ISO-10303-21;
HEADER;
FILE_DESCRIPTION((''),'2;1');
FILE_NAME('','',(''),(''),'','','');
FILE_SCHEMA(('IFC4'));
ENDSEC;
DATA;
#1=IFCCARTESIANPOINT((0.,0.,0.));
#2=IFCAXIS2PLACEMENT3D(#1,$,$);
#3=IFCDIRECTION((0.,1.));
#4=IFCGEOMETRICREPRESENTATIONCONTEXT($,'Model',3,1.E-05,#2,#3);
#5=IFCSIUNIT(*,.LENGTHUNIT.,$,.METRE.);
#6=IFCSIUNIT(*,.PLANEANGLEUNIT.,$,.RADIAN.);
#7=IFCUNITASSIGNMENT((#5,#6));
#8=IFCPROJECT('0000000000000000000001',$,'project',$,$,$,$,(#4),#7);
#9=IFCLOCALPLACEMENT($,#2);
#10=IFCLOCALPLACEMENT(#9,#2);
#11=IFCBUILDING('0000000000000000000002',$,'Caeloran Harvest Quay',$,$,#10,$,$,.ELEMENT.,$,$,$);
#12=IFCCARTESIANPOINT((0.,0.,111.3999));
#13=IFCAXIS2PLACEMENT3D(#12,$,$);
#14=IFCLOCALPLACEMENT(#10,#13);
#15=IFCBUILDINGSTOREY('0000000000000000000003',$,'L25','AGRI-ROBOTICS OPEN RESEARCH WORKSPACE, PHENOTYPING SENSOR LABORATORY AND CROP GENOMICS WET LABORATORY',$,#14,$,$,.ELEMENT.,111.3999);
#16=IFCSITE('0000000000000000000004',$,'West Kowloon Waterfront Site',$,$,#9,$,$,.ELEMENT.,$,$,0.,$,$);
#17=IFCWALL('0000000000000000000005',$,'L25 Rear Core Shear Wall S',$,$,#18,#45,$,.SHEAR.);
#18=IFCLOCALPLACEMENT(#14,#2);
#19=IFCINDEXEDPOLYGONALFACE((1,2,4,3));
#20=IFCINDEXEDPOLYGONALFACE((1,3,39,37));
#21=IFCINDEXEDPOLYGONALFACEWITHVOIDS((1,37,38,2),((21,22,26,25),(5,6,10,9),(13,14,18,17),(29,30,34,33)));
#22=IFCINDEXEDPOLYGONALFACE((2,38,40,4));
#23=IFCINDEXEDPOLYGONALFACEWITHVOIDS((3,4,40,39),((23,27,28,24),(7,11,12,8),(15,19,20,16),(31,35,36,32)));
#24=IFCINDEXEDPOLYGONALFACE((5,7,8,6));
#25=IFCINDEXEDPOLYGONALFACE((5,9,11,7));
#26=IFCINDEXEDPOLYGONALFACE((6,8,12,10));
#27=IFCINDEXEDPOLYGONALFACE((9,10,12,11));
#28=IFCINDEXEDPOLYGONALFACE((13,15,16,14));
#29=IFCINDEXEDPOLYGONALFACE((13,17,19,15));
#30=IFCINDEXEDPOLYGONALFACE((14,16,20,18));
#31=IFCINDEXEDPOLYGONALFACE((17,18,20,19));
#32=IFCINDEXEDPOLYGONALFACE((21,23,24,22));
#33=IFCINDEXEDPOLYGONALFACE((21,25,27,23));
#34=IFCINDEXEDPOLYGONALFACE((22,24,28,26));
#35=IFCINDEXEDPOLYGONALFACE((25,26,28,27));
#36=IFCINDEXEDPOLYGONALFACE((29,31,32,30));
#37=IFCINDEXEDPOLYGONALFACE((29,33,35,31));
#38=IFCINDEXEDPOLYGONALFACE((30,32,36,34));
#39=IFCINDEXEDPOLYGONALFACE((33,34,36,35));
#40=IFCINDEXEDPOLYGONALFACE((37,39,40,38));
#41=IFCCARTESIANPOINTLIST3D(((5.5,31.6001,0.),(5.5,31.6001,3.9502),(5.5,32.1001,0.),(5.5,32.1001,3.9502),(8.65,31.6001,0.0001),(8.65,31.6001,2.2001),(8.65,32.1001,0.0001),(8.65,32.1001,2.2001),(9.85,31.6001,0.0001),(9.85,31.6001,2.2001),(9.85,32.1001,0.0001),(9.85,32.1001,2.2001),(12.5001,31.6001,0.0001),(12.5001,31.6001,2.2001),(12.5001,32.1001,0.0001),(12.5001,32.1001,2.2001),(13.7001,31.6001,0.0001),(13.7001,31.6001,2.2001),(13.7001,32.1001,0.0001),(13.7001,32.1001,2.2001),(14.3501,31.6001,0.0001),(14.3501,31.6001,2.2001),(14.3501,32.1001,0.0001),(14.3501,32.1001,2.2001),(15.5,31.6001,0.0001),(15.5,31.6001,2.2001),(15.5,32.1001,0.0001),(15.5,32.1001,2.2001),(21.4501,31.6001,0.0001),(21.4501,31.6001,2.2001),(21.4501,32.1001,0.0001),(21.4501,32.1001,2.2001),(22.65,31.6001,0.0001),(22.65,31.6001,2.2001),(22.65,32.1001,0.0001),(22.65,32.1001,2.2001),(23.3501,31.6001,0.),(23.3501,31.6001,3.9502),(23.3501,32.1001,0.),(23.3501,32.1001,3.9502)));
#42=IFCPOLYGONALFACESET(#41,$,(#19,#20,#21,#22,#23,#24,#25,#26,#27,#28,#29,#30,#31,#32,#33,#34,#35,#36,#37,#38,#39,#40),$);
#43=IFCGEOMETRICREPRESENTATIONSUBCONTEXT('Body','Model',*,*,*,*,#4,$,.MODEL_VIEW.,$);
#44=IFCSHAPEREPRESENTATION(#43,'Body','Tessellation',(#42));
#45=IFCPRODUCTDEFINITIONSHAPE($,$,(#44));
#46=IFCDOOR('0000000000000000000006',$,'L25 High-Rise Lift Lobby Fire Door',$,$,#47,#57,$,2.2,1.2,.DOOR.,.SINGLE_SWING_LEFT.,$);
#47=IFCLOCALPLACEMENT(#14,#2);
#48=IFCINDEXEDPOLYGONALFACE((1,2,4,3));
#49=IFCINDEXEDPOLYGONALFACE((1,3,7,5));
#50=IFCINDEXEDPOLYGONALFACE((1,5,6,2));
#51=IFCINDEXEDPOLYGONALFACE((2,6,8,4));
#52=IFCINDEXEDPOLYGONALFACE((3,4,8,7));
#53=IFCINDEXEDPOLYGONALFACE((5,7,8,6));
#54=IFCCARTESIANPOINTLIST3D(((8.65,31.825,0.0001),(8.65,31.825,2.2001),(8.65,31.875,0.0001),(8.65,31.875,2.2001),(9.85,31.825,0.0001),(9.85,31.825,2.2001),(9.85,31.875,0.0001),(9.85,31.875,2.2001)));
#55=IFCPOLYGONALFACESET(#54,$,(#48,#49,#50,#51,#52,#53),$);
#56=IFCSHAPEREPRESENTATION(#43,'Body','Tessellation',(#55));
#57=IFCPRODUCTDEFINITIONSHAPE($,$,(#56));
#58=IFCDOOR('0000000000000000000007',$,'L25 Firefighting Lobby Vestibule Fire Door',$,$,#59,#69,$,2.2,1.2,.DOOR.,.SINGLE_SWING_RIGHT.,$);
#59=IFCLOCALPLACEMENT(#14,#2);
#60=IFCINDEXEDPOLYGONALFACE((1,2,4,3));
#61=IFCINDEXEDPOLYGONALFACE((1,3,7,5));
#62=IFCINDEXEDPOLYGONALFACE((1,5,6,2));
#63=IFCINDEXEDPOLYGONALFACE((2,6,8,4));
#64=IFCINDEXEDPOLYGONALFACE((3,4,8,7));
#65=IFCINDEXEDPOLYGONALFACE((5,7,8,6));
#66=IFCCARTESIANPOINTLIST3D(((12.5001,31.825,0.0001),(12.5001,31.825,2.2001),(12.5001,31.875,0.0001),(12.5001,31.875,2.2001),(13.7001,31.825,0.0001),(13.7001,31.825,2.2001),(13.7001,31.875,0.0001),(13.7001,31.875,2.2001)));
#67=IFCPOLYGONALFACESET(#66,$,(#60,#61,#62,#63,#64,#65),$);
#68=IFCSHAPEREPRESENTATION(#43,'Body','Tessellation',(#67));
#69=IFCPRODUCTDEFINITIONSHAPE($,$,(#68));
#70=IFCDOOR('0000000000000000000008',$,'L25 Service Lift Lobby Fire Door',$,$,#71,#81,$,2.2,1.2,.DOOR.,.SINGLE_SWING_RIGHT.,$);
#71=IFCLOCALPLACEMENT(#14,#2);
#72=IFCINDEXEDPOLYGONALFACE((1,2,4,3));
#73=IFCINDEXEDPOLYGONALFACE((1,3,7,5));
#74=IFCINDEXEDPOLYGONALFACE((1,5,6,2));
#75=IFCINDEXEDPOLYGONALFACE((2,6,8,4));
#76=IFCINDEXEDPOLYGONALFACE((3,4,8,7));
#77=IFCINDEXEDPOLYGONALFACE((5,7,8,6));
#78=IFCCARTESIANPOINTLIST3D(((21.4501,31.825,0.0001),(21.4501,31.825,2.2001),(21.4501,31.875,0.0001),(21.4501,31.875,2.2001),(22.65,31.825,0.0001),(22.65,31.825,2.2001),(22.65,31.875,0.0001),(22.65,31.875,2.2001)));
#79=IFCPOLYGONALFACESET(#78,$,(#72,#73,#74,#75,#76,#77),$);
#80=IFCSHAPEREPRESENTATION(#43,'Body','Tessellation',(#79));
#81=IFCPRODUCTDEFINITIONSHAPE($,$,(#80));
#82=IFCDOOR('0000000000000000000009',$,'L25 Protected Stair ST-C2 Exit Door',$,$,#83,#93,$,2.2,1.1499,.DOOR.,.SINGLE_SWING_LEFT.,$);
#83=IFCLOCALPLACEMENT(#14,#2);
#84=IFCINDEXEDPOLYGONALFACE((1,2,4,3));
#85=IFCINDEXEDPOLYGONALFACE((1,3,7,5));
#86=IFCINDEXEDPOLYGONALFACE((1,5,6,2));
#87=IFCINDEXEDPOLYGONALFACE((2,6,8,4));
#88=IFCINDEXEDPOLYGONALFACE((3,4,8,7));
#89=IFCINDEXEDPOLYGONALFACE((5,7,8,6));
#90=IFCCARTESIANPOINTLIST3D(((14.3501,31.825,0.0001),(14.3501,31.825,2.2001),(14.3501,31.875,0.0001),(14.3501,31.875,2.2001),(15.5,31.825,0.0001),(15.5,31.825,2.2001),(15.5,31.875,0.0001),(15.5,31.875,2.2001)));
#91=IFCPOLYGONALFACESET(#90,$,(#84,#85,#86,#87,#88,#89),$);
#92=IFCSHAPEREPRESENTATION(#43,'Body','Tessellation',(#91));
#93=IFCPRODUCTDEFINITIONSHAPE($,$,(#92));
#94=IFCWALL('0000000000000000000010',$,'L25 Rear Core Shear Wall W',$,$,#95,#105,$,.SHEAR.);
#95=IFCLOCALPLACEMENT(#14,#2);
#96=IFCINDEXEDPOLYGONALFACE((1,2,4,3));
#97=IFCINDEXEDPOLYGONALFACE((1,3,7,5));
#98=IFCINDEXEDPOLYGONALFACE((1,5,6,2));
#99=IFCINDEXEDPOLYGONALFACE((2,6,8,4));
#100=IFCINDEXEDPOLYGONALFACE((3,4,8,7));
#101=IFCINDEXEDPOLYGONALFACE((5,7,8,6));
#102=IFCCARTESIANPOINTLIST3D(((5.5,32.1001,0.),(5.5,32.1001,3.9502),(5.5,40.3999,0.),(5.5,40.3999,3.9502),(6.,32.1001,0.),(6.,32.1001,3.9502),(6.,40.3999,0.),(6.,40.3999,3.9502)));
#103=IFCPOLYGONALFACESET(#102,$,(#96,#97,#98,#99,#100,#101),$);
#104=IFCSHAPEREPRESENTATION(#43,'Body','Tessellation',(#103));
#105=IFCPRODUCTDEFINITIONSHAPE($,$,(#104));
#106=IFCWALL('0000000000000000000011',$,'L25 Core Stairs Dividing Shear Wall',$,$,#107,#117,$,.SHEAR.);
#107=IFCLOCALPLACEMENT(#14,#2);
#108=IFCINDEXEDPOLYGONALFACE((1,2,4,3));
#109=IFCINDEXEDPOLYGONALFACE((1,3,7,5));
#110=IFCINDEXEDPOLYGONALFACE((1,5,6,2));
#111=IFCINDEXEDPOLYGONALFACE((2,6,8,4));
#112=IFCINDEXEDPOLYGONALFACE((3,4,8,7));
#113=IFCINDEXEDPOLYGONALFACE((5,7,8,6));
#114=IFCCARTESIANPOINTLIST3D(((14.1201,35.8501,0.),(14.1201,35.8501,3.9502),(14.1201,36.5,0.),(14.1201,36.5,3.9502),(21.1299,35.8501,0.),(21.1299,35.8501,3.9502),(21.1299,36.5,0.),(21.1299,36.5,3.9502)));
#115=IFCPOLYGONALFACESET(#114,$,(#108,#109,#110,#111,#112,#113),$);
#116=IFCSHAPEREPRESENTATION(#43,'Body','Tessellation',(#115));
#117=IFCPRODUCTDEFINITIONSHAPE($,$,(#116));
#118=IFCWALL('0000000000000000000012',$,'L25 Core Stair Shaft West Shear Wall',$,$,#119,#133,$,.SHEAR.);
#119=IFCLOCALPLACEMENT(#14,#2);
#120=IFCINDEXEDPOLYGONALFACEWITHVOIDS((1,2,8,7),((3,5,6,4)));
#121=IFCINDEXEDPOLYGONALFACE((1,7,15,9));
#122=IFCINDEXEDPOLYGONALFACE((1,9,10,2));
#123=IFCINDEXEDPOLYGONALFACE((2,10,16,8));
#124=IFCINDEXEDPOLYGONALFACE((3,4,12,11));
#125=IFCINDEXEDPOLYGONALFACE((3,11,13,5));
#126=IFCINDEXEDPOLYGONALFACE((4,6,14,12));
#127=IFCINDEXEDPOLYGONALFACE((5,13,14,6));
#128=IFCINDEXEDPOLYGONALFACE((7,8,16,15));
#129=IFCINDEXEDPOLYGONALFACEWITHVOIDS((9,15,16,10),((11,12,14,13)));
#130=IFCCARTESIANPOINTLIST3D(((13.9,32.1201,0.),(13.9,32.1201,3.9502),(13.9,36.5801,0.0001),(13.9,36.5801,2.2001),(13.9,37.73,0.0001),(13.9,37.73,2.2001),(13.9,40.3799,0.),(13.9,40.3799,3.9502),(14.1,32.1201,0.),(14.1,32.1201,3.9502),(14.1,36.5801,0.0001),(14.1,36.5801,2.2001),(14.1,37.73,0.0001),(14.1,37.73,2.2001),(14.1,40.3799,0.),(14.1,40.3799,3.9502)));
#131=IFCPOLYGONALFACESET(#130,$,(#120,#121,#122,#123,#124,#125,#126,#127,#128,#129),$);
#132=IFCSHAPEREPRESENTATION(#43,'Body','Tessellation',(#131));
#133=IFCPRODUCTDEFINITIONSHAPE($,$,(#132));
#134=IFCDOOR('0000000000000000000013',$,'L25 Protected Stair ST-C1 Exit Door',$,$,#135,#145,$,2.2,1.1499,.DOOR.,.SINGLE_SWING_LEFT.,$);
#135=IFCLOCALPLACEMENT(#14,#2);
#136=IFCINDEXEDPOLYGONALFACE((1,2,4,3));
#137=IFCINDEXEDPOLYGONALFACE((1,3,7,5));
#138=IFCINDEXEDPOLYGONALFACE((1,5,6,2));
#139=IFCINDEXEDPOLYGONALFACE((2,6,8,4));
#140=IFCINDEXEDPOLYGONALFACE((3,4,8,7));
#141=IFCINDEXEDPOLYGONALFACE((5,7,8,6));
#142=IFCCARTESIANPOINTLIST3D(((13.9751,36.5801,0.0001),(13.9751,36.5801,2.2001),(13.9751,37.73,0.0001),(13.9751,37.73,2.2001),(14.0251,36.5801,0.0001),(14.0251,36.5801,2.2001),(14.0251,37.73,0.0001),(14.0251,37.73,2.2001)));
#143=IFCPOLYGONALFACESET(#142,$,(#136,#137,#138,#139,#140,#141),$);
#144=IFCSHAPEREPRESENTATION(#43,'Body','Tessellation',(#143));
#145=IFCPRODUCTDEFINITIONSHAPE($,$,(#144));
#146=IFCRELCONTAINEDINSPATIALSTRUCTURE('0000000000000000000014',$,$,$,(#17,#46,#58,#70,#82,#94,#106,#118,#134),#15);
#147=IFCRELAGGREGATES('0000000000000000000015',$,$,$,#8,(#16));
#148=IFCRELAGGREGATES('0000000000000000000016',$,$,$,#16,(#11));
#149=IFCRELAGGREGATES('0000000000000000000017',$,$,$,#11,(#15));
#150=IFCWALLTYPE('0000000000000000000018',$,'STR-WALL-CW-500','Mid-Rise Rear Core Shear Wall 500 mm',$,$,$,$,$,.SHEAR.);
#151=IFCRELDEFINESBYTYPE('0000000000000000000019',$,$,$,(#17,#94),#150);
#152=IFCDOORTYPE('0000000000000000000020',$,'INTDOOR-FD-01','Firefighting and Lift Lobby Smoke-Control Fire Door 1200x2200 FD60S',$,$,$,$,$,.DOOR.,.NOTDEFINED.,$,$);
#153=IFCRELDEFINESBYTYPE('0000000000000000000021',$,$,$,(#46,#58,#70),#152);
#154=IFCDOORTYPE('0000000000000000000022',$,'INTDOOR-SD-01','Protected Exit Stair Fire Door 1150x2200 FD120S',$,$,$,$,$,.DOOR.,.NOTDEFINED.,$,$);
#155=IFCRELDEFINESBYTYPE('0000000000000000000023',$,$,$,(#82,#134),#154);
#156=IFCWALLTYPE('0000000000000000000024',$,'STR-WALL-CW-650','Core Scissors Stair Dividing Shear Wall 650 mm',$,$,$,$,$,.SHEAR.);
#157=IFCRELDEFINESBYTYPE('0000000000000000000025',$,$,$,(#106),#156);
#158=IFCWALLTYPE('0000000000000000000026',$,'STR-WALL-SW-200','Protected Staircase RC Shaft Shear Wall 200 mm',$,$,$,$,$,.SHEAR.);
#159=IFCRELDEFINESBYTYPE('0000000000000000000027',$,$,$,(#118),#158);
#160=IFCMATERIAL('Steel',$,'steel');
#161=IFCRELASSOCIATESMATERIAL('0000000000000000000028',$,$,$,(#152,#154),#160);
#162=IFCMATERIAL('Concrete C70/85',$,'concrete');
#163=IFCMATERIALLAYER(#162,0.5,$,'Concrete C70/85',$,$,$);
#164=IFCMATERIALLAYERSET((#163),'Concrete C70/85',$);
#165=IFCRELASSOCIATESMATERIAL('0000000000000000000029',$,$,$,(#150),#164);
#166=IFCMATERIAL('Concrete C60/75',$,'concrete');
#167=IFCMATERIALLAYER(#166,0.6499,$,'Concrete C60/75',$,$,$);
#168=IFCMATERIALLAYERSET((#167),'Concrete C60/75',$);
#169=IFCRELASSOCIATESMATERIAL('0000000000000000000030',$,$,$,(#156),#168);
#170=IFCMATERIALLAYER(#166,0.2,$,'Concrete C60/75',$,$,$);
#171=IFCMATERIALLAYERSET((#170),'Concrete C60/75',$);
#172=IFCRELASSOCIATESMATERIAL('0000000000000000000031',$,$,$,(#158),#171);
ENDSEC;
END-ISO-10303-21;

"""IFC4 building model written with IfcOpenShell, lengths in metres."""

from ifc_helpers import new_model, si_unit, direction, frame, frame_2d, origin, place, context, subcontext, project, spatial, rectangle, extrude, material, layer, layer_set, type_object, element, fill, save


model = new_model("IFC4")

# Units and contexts
model_context = context("Model", 3, precision=1e-05, world=origin(), true_north=direction((0.0, 1.0)))
body_context = subcontext(model_context, "Body", "Model", "MODEL_VIEW")
ifc_project = project(units=[si_unit("LENGTHUNIT", "METRE"), si_unit("PLANEANGLEUNIT", "RADIAN")], contexts=[model_context])

# Site, building, storey
site_placement = place(None, origin())
site = spatial("IfcSite", under=ifc_project, at=site_placement, Name="West Kowloon Waterfront Site", CompositionType="ELEMENT", RefElevation=0.0)
building_placement = place(site_placement, origin())
building = spatial("IfcBuilding", under=site, at=building_placement, Name="Caeloran Harvest Quay", CompositionType="ELEMENT")
storey_placement = place(building_placement, frame((0.0, 0.0, 111.3999)))
storey = spatial("IfcBuildingStorey", under=building, at=storey_placement, Name="L25", Description="AGRI-ROBOTICS OPEN RESEARCH WORKSPACE, PHENOTYPING SENSOR LABORATORY AND CROP GENOMICS WET LABORATORY", CompositionType="ELEMENT", Elevation=111.3999)

# Shared definitions
ifc_material_1 = material(Name="Concrete C70/85", Category="concrete")

# Shared definitions
ifc_material_2 = material(Name="Concrete C60/75", Category="concrete")

# Shared definitions
ifc_material_3 = material(Name="Steel", Category="steel")
door_type_1 = type_object("IfcDoorType", Name="INTDOOR-FD-01", Description="Firefighting and Lift Lobby Smoke-Control Fire Door 1200x2200 FD60S", OperationType="NOTDEFINED", PredefinedType="DOOR", material=ifc_material_3)

# Wall, openings, doors
ifc_layer_1 = layer(ifc_material_1, 0.5, Name="Concrete C70/85")
ifc_layer_set_1 = layer_set([ifc_layer_1], Name="Concrete C70/85")
wall_type_1 = type_object("IfcWallType", Name="STR-WALL-CW-500", Description="Mid-Rise Rear Core Shear Wall 500 mm", PredefinedType="SHEAR", material=ifc_layer_set_1)
wall_1_placement = place(storey_placement, frame((5.5, 31.8501, 0.0), z_axis=(0.0, 0.0, 1.0), x_axis=(1.0, 0.0, 0.0)))
wall_1 = element("IfcWall", 1, at=wall_1_placement, inside=storey, type_object=wall_type_1, Name="L25 Rear Core Shear Wall S", PredefinedType="SHEAR", context=body_context, shape_type="SweptSolid", body=[
    extrude(rectangle(XDim=17.8501, YDim=0.5, at=frame_2d((8.925, 0.0))), origin(), (0.0, 0.0, 1.0), 3.9502),
])
opening_1_placement = place(wall_1_placement, frame((3.1499, 0.0, 0.0)))
opening_1 = element("IfcOpeningElement", 2, at=opening_1_placement, cuts=wall_1, PredefinedType="OPENING", context=body_context, shape_type="SweptSolid", body=[
    extrude(rectangle(XDim=1.2, YDim=2.2, at=frame_2d((0.6001, 1.1001))), frame((0.0, 0.26, 0.0), z_axis=(0.0, -1.0, 0.0), x_axis=(1.0, 0.0, 0.0)), (0.0, 0.0, 1.0), 0.52),
])
opening_2_placement = place(wall_1_placement, frame((7.0, 0.0, 0.0)))
opening_2 = element("IfcOpeningElement", 3, at=opening_2_placement, cuts=wall_1, PredefinedType="OPENING", context=body_context, shape_type="SweptSolid", body=[
    extrude(rectangle(XDim=1.2, YDim=2.2, at=frame_2d((0.6001, 1.1001))), frame((0.0, 0.26, 0.0), z_axis=(0.0, -1.0, 0.0), x_axis=(1.0, 0.0, 0.0)), (0.0, 0.0, 1.0), 0.52),
])
opening_3_placement = place(wall_1_placement, frame((8.8501, 0.0, 0.0)))
opening_3 = element("IfcOpeningElement", 4, at=opening_3_placement, cuts=wall_1, PredefinedType="OPENING", context=body_context, shape_type="SweptSolid", body=[
    extrude(rectangle(XDim=1.1499, YDim=2.2, at=frame_2d((0.575, 1.1001))), frame((0.0, 0.26, 0.0), z_axis=(0.0, -1.0, 0.0), x_axis=(1.0, 0.0, 0.0)), (0.0, 0.0, 1.0), 0.52),
])
opening_4_placement = place(wall_1_placement, frame((15.95, 0.0, 0.0)))
opening_4 = element("IfcOpeningElement", 5, at=opening_4_placement, cuts=wall_1, PredefinedType="OPENING", context=body_context, shape_type="SweptSolid", body=[
    extrude(rectangle(XDim=1.2, YDim=2.2, at=frame_2d((0.6001, 1.1001))), frame((0.0, 0.26, 0.0), z_axis=(0.0, -1.0, 0.0), x_axis=(1.0, 0.0, 0.0)), (0.0, 0.0, 1.0), 0.52),
])
door_1_placement = place(opening_1_placement, origin())
door_1 = element("IfcDoor", 6, at=door_1_placement, inside=storey, type_object=door_type_1, Name="L25 High-Rise Lift Lobby Fire Door", OperationType="SINGLE_SWING_LEFT", OverallHeight=2.2, OverallWidth=1.2, PredefinedType="DOOR", context=body_context, shape_type="SweptSolid", body=[
    extrude(rectangle(XDim=1.2, YDim=2.2, at=frame_2d((0.6001, 1.1001))), frame((0.0, 0.0249, 0.0), z_axis=(0.0, -1.0, 0.0), x_axis=(1.0, 0.0, 0.0)), (0.0, 0.0, 1.0), 0.05),
])
fill(opening_1, door_1)
door_2_placement = place(opening_2_placement, origin())
door_2 = element("IfcDoor", 7, at=door_2_placement, inside=storey, type_object=door_type_1, Name="L25 Firefighting Lobby Vestibule Fire Door", OperationType="SINGLE_SWING_RIGHT", OverallHeight=2.2, OverallWidth=1.2, PredefinedType="DOOR", context=body_context, shape_type="SweptSolid", body=[
    extrude(rectangle(XDim=1.2, YDim=2.2, at=frame_2d((0.6001, 1.1001))), frame((0.0, 0.0249, 0.0), z_axis=(0.0, -1.0, 0.0), x_axis=(1.0, 0.0, 0.0)), (0.0, 0.0, 1.0), 0.05),
])
fill(opening_2, door_2)
door_3_placement = place(opening_4_placement, origin())
door_3 = element("IfcDoor", 8, at=door_3_placement, inside=storey, type_object=door_type_1, Name="L25 Service Lift Lobby Fire Door", OperationType="SINGLE_SWING_RIGHT", OverallHeight=2.2, OverallWidth=1.2, PredefinedType="DOOR", context=body_context, shape_type="SweptSolid", body=[
    extrude(rectangle(XDim=1.2, YDim=2.2, at=frame_2d((0.6001, 1.1001))), frame((0.0, 0.0249, 0.0), z_axis=(0.0, -1.0, 0.0), x_axis=(1.0, 0.0, 0.0)), (0.0, 0.0, 1.0), 0.05),
])
fill(opening_4, door_3)
door_type_2 = type_object("IfcDoorType", Name="INTDOOR-SD-01", Description="Protected Exit Stair Fire Door 1150x2200 FD120S", OperationType="NOTDEFINED", PredefinedType="DOOR", material=ifc_material_3)
door_4_placement = place(opening_3_placement, origin())
door_4 = element("IfcDoor", 9, at=door_4_placement, inside=storey, type_object=door_type_2, Name="L25 Protected Stair ST-C2 Exit Door", OperationType="SINGLE_SWING_LEFT", OverallHeight=2.2, OverallWidth=1.1499, PredefinedType="DOOR", context=body_context, shape_type="SweptSolid", body=[
    extrude(rectangle(XDim=1.1499, YDim=2.2, at=frame_2d((0.575, 1.1001))), frame((0.0, 0.0249, 0.0), z_axis=(0.0, -1.0, 0.0), x_axis=(1.0, 0.0, 0.0)), (0.0, 0.0, 1.0), 0.05),
])
fill(opening_3, door_4)

# Walls
wall_2_placement = place(storey_placement, frame((5.75, 32.1001, 0.0), z_axis=(0.0, 0.0, 1.0), x_axis=(0.0, 1.0, 0.0)))
element("IfcWall", 10, at=wall_2_placement, inside=storey, type_object=wall_type_1, Name="L25 Rear Core Shear Wall W", PredefinedType="SHEAR", context=body_context, shape_type="SweptSolid", body=[
    extrude(rectangle(XDim=8.2998, YDim=0.5, at=frame_2d((4.1499, 0.0))), origin(), (0.0, 0.0, 1.0), 3.9502),
])
ifc_layer_2 = layer(ifc_material_2, 0.6499, Name="Concrete C60/75")
ifc_layer_set_2 = layer_set([ifc_layer_2], Name="Concrete C60/75")
wall_type_2 = type_object("IfcWallType", Name="STR-WALL-CW-650", Description="Core Scissors Stair Dividing Shear Wall 650 mm", PredefinedType="SHEAR", material=ifc_layer_set_2)
wall_3_placement = place(storey_placement, frame((14.1201, 36.175, 0.0), z_axis=(0.0, 0.0, 1.0), x_axis=(1.0, 0.0, 0.0)))
element("IfcWall", 11, at=wall_3_placement, inside=storey, type_object=wall_type_2, Name="L25 Core Stairs Dividing Shear Wall", PredefinedType="SHEAR", context=body_context, shape_type="SweptSolid", body=[
    extrude(rectangle(XDim=7.0098, YDim=0.6499, at=frame_2d((3.5049, 0.0))), origin(), (0.0, 0.0, 1.0), 3.9502),
])

# Wall, opening, door
ifc_layer_3 = layer(ifc_material_2, 0.2, Name="Concrete C60/75")
ifc_layer_set_3 = layer_set([ifc_layer_3], Name="Concrete C60/75")
wall_type_3 = type_object("IfcWallType", Name="STR-WALL-SW-200", Description="Protected Staircase RC Shaft Shear Wall 200 mm", PredefinedType="SHEAR", material=ifc_layer_set_3)
wall_4_placement = place(storey_placement, frame((14.0, 32.1201, 0.0), z_axis=(0.0, 0.0, 1.0), x_axis=(0.0, 1.0, 0.0)))
wall_4 = element("IfcWall", 12, at=wall_4_placement, inside=storey, type_object=wall_type_3, Name="L25 Core Stair Shaft West Shear Wall", PredefinedType="SHEAR", context=body_context, shape_type="SweptSolid", body=[
    extrude(rectangle(XDim=8.2598, YDim=0.2, at=frame_2d((4.1299, 0.0))), origin(), (0.0, 0.0, 1.0), 3.9502),
])
opening_5_placement = place(wall_4_placement, frame((4.46, 0.0, 0.0)))
opening_5 = element("IfcOpeningElement", 13, at=opening_5_placement, cuts=wall_4, PredefinedType="OPENING", context=body_context, shape_type="SweptSolid", body=[
    extrude(rectangle(XDim=1.1499, YDim=2.2, at=frame_2d((0.575, 1.1001))), frame((0.0, 0.1099, 0.0), z_axis=(0.0, -1.0, 0.0), x_axis=(1.0, 0.0, 0.0)), (0.0, 0.0, 1.0), 0.22),
])
door_5_placement = place(opening_5_placement, origin())
door_5 = element("IfcDoor", 14, at=door_5_placement, inside=storey, type_object=door_type_2, Name="L25 Protected Stair ST-C1 Exit Door", OperationType="SINGLE_SWING_LEFT", OverallHeight=2.2, OverallWidth=1.1499, PredefinedType="DOOR", context=body_context, shape_type="SweptSolid", body=[
    extrude(rectangle(XDim=1.1499, YDim=2.2, at=frame_2d((0.575, 1.1001))), frame((0.0, 0.0249, 0.0), z_axis=(0.0, -1.0, 0.0), x_axis=(1.0, 0.0, 0.0)), (0.0, 0.0, 1.0), 0.05),
])
fill(opening_5, door_5)

save(model, "model.ifc")
